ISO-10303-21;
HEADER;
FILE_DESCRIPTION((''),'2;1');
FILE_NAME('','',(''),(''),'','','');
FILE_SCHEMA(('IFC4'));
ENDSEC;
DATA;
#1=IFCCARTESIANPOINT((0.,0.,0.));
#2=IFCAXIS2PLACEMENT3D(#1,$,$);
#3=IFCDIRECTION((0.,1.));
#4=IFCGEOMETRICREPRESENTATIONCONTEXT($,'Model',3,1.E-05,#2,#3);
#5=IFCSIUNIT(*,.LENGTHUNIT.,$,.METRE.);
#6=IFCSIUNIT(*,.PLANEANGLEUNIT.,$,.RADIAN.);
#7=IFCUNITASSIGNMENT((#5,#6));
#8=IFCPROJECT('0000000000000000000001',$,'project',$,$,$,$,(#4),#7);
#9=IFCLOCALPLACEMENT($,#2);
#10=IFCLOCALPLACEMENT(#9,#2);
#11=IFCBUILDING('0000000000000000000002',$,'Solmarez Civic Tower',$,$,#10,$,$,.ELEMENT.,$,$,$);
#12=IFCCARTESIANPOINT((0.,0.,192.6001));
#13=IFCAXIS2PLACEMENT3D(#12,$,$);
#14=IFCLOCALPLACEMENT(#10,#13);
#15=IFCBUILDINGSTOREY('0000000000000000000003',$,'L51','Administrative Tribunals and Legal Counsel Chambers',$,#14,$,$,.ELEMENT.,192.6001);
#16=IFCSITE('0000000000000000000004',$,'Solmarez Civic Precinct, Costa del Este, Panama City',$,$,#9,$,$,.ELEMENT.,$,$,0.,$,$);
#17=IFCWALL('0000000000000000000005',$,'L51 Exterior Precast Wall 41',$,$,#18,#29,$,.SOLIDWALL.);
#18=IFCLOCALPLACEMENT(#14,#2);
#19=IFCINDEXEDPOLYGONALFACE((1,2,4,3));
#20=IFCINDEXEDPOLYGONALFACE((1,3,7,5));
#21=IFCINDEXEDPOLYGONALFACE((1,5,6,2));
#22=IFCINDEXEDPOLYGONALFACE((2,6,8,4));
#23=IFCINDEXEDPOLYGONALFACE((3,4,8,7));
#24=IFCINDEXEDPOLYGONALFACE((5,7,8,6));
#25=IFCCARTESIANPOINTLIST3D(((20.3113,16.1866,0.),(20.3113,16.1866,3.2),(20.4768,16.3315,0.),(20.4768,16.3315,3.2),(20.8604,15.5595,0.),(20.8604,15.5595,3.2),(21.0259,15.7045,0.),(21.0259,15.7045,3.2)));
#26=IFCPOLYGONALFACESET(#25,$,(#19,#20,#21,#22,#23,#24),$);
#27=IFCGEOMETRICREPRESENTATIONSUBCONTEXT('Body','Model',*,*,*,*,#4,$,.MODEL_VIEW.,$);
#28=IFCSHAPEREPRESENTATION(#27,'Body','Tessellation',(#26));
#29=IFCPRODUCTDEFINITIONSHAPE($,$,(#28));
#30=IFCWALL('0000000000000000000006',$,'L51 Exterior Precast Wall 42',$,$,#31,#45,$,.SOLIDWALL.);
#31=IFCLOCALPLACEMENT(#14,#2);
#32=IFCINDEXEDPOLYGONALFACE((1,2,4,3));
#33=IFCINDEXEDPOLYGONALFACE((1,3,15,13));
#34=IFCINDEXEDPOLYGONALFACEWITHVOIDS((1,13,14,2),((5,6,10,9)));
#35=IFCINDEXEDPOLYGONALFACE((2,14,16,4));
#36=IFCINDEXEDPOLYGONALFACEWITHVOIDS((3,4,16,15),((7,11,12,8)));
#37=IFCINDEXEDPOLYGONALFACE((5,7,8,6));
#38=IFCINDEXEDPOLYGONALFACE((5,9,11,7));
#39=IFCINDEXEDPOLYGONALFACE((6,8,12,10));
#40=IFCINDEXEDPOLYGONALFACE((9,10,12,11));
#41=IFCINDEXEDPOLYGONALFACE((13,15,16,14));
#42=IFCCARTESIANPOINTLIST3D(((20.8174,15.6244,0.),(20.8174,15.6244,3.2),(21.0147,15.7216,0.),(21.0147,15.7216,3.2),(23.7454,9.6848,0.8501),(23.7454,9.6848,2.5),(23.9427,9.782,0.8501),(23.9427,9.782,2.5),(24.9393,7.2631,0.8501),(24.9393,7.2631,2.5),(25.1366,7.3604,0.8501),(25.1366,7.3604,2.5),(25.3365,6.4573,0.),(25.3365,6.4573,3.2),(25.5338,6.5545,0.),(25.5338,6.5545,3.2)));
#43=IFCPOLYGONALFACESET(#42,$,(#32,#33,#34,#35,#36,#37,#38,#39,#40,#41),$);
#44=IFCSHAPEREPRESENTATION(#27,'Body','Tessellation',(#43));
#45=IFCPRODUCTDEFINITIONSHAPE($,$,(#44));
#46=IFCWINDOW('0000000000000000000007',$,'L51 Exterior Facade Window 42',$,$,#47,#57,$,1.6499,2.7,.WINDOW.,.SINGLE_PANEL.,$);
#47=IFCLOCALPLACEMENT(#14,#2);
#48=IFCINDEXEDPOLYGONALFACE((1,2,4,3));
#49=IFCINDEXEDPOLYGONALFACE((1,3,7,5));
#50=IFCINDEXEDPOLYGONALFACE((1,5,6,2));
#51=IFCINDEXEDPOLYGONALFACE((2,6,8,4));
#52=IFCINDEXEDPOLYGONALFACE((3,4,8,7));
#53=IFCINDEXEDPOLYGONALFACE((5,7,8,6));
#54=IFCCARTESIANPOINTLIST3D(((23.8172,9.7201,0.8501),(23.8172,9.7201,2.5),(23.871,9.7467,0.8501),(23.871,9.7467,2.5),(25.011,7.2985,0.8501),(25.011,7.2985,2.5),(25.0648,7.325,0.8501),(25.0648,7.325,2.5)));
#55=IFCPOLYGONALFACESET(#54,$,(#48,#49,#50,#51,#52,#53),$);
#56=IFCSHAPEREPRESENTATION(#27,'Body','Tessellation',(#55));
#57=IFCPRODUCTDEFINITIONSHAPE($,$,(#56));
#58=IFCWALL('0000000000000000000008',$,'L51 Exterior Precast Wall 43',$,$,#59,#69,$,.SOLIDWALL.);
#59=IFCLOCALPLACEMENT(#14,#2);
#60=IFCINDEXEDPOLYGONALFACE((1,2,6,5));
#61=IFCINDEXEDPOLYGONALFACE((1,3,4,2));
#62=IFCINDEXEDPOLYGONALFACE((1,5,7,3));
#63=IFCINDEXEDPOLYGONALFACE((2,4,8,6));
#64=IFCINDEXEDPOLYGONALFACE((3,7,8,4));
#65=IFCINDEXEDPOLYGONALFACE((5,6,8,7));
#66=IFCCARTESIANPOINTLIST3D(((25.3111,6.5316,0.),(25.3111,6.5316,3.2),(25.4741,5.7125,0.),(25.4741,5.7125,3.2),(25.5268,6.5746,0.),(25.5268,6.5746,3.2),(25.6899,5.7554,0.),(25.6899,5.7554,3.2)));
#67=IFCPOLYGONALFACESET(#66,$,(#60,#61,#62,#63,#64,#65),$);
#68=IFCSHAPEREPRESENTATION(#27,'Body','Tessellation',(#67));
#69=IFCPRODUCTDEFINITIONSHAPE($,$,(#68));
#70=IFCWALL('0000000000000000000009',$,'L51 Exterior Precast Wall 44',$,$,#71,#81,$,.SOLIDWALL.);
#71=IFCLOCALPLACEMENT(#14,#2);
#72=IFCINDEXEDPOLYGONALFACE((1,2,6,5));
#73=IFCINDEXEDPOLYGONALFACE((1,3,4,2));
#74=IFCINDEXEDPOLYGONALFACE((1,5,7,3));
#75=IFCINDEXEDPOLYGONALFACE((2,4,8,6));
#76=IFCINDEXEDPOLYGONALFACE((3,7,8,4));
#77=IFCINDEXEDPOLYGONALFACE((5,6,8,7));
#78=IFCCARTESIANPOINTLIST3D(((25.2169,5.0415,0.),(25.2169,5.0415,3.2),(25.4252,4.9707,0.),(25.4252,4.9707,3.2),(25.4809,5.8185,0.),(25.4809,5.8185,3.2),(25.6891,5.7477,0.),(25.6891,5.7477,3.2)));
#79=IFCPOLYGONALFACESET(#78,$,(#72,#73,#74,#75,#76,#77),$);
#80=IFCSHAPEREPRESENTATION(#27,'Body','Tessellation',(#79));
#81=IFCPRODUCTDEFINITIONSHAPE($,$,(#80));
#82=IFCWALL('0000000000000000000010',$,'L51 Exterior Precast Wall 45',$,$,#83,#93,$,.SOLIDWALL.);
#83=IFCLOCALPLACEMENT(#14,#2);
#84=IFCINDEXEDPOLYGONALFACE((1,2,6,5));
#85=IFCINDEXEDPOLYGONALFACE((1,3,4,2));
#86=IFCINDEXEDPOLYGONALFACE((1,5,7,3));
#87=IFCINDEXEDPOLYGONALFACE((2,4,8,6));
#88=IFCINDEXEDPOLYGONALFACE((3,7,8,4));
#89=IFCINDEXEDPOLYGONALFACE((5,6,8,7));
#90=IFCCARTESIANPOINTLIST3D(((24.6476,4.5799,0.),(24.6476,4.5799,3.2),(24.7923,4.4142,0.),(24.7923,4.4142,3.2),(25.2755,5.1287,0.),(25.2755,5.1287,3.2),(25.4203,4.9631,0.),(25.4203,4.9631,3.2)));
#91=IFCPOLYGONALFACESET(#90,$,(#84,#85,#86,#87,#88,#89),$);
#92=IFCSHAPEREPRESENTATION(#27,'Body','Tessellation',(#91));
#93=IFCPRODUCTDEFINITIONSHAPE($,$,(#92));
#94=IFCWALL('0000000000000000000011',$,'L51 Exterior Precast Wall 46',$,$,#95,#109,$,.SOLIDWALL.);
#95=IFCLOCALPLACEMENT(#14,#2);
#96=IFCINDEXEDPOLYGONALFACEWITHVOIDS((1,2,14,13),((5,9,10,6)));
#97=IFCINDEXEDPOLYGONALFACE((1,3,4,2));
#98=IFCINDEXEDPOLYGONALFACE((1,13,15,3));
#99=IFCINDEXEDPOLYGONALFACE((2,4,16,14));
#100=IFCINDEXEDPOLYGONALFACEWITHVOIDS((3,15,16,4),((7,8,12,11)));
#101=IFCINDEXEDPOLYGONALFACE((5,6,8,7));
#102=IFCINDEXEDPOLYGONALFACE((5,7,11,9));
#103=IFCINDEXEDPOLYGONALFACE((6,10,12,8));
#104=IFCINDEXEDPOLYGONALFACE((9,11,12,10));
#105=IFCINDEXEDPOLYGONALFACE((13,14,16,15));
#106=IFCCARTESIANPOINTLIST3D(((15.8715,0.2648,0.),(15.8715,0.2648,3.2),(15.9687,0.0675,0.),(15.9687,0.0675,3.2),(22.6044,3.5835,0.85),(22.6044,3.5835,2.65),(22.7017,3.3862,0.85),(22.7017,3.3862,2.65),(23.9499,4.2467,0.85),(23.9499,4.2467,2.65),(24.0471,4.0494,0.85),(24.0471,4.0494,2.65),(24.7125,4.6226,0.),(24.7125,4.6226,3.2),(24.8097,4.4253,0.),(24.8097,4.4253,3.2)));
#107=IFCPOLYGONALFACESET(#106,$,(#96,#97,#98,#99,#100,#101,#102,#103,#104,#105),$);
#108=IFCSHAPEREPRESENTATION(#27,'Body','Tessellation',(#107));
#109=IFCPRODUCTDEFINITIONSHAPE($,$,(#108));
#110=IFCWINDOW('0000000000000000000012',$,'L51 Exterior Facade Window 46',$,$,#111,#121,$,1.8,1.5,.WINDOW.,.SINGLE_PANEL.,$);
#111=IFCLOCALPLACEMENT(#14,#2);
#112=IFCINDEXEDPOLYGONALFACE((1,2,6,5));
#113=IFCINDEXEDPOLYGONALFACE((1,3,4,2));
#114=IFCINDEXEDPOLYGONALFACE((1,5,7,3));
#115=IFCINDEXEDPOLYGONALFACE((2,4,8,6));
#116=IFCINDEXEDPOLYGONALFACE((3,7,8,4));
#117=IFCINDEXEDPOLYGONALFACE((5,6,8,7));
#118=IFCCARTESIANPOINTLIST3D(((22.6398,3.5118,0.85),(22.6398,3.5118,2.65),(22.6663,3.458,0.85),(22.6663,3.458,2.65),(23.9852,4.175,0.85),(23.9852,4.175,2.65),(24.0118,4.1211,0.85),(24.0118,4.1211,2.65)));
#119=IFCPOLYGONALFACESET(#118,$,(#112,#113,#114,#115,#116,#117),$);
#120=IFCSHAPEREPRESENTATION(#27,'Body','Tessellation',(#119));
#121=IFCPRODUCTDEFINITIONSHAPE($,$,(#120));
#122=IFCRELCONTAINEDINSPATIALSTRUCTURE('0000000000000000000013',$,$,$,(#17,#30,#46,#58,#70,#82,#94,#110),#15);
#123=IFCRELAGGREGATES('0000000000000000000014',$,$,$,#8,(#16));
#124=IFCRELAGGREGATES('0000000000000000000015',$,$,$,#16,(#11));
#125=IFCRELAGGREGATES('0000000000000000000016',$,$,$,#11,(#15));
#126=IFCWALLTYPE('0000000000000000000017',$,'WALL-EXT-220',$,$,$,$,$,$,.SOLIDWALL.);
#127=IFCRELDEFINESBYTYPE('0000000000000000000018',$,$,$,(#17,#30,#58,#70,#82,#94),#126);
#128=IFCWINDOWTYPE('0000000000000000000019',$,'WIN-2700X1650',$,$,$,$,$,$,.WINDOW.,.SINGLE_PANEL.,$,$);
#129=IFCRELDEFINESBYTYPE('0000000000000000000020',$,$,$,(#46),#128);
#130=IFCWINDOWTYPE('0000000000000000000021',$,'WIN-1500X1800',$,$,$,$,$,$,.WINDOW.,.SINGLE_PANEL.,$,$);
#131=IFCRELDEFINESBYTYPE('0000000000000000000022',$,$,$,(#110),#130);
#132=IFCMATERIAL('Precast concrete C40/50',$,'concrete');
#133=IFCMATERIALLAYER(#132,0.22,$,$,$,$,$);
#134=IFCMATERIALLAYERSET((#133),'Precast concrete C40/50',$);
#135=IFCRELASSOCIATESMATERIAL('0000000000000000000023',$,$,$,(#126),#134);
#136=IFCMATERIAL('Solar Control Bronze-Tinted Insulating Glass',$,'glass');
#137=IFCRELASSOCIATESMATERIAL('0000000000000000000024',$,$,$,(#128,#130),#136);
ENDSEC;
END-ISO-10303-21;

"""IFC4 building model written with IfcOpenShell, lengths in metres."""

from ifc_helpers import new_model, si_unit, direction, frame, frame_2d, origin, place, context, subcontext, project, spatial, rectangle, extrude, material, layer, layer_set, type_object, element, fill, save


model = new_model("IFC4")

# Units and contexts
model_context = context("Model", 3, precision=1e-05, world=origin(), true_north=direction((0.0, 1.0)))
body_context = subcontext(model_context, "Body", "Model", "MODEL_VIEW")
ifc_project = project(units=[si_unit("LENGTHUNIT", "METRE"), si_unit("PLANEANGLEUNIT", "RADIAN")], contexts=[model_context])

# Site, building, storey
site_placement = place(None, origin())
site = spatial("IfcSite", under=ifc_project, at=site_placement, Name="Solmarez Civic Precinct, Costa del Este, Panama City", CompositionType="ELEMENT", RefElevation=0.0)
building_placement = place(site_placement, origin())
building = spatial("IfcBuilding", under=site, at=building_placement, Name="Solmarez Civic Tower", CompositionType="ELEMENT")
storey_placement = place(building_placement, frame((0.0, 0.0, 192.6001)))
storey = spatial("IfcBuildingStorey", under=building, at=storey_placement, Name="L51", Description="Administrative Tribunals and Legal Counsel Chambers", CompositionType="ELEMENT", Elevation=192.6001)

# Wall
ifc_material_1 = material(Name="Precast concrete C40/50", Category="concrete")
ifc_layer_1 = layer(ifc_material_1, 0.22)
ifc_layer_set_1 = layer_set([ifc_layer_1], Name="Precast concrete C40/50")
wall_type = type_object("IfcWallType", Name="WALL-EXT-220", PredefinedType="SOLIDWALL", material=ifc_layer_set_1)
wall_1_placement = place(storey_placement, frame((20.394, 16.259, 0.0), z_axis=(0.0, 0.0, 1.0), x_axis=(0.658836, -0.752286, 0.0)))
element("IfcWall", 1, at=wall_1_placement, inside=storey, type_object=wall_type, Name="L51 Exterior Precast Wall 41", PredefinedType="SOLIDWALL", context=body_context, shape_type="SweptSolid", body=[
    extrude(rectangle(XDim=0.8335, YDim=0.22, at=frame_2d((0.4167, 0.0))), origin(), (0.0, 0.0, 1.0), 3.2),
])

# Wall, opening, window
wall_2_placement = place(storey_placement, frame((20.916, 15.6731, 0.0), z_axis=(0.0, 0.0, 1.0), x_axis=(0.442161, -0.896936, 0.0)))
wall_2 = element("IfcWall", 2, at=wall_2_placement, inside=storey, type_object=wall_type, Name="L51 Exterior Precast Wall 42", PredefinedType="SOLIDWALL", context=body_context, shape_type="SweptSolid", body=[
    extrude(rectangle(XDim=10.2205, YDim=0.22, at=frame_2d((5.1104, 0.0))), origin(), (0.0, 0.0, 1.0), 3.2),
])
opening_1_placement = place(wall_2_placement, frame((6.6221, 0.0, 0.8501)))
opening_1 = element("IfcOpeningElement", 3, at=opening_1_placement, cuts=wall_2, PredefinedType="OPENING", context=body_context, shape_type="SweptSolid", body=[
    extrude(rectangle(XDim=2.7, YDim=1.6499, at=frame_2d((1.3501, 0.825))), frame((0.0, 0.1199, 0.0), z_axis=(0.0, -1.0, 0.0), x_axis=(1.0, 0.0, 0.0)), (0.0, 0.0, 1.0), 0.24),
])
ifc_material_2 = material(Name="Solar Control Bronze-Tinted Insulating Glass", Category="glass")
window_type_1 = type_object("IfcWindowType", Name="WIN-2700X1650", PartitioningType="SINGLE_PANEL", PredefinedType="WINDOW", material=ifc_material_2)
window_1_placement = place(opening_1_placement, origin())
window_1 = element("IfcWindow", 4, at=window_1_placement, inside=storey, type_object=window_type_1, Name="L51 Exterior Facade Window 42", OverallHeight=1.6499, OverallWidth=2.7, PartitioningType="SINGLE_PANEL", PredefinedType="WINDOW", context=body_context, shape_type="SweptSolid", body=[
    extrude(rectangle(XDim=2.7, YDim=1.6499, at=frame_2d((1.3501, 0.825))), frame((0.0, 0.03, 0.0), z_axis=(0.0, -1.0, 0.0), x_axis=(1.0, 0.0, 0.0)), (0.0, 0.0, 1.0), 0.0601),
])
fill(opening_1, window_1)

# Walls
wall_3_placement = place(storey_placement, frame((25.4189, 6.553, 0.0), z_axis=(0.0, 0.0, 1.0), x_axis=(0.195273, -0.980749, 0.0)))
element("IfcWall", 5, at=wall_3_placement, inside=storey, type_object=wall_type, Name="L51 Exterior Precast Wall 43", PredefinedType="SOLIDWALL", context=body_context, shape_type="SweptSolid", body=[
    extrude(rectangle(XDim=0.8352, YDim=0.22, at=frame_2d((0.4175, 0.0))), origin(), (0.0, 0.0, 1.0), 3.2),
])
wall_4_placement = place(storey_placement, frame((25.585, 5.783, 0.0), z_axis=(0.0, 0.0, 1.0), x_axis=(-0.321668, -0.946853, 0.0)))
element("IfcWall", 6, at=wall_4_placement, inside=storey, type_object=wall_type, Name="L51 Exterior Precast Wall 44", PredefinedType="SOLIDWALL", context=body_context, shape_type="SweptSolid", body=[
    extrude(rectangle(XDim=0.8206, YDim=0.22, at=frame_2d((0.4102, 0.0))), origin(), (0.0, 0.0, 1.0), 3.2),
])
wall_5_placement = place(storey_placement, frame((25.3479, 5.0459, 0.0), z_axis=(0.0, 0.0, 1.0), x_axis=(-0.752939, -0.65809, 0.0)))
element("IfcWall", 7, at=wall_5_placement, inside=storey, type_object=wall_type, Name="L51 Exterior Precast Wall 45", PredefinedType="SOLIDWALL", context=body_context, shape_type="SweptSolid", body=[
    extrude(rectangle(XDim=0.834, YDim=0.22, at=frame_2d((0.417, 0.0))), origin(), (0.0, 0.0, 1.0), 3.2),
])

# Wall, opening, window
wall_6_placement = place(storey_placement, frame((24.761, 4.5239, 0.0), z_axis=(0.0, 0.0, 1.0), x_axis=(-0.896954, -0.442124, 0.0)))
wall_6 = element("IfcWall", 8, at=wall_6_placement, inside=storey, type_object=wall_type, Name="L51 Exterior Precast Wall 46", PredefinedType="SOLIDWALL", context=body_context, shape_type="SweptSolid", body=[
    extrude(rectangle(XDim=9.8567, YDim=0.22, at=frame_2d((4.9282, 0.0))), origin(), (0.0, 0.0, 1.0), 3.2),
])
opening_2_placement = place(wall_6_placement, frame((0.8501, 0.0, 0.8501)))
opening_2 = element("IfcOpeningElement", 9, at=opening_2_placement, cuts=wall_6, PredefinedType="OPENING", context=body_context, shape_type="SweptSolid", body=[
    extrude(rectangle(XDim=1.5, YDim=1.8, at=frame_2d((0.75, 0.8999))), frame((0.0, 0.1199, 0.0), z_axis=(0.0, -1.0, 0.0), x_axis=(1.0, 0.0, 0.0)), (0.0, 0.0, 1.0), 0.24),
])
window_type_2 = type_object("IfcWindowType", Name="WIN-1500X1800", PartitioningType="SINGLE_PANEL", PredefinedType="WINDOW", material=ifc_material_2)
window_2_placement = place(opening_2_placement, origin())
window_2 = element("IfcWindow", 10, at=window_2_placement, inside=storey, type_object=window_type_2, Name="L51 Exterior Facade Window 46", OverallHeight=1.8, OverallWidth=1.5, PartitioningType="SINGLE_PANEL", PredefinedType="WINDOW", context=body_context, shape_type="SweptSolid", body=[
    extrude(rectangle(XDim=1.5, YDim=1.8, at=frame_2d((0.75, 0.8999))), frame((0.0, 0.03, 0.0), z_axis=(0.0, -1.0, 0.0), x_axis=(1.0, 0.0, 0.0)), (0.0, 0.0, 1.0), 0.0601),
])
fill(opening_2, window_2)

save(model, "model.ifc")
